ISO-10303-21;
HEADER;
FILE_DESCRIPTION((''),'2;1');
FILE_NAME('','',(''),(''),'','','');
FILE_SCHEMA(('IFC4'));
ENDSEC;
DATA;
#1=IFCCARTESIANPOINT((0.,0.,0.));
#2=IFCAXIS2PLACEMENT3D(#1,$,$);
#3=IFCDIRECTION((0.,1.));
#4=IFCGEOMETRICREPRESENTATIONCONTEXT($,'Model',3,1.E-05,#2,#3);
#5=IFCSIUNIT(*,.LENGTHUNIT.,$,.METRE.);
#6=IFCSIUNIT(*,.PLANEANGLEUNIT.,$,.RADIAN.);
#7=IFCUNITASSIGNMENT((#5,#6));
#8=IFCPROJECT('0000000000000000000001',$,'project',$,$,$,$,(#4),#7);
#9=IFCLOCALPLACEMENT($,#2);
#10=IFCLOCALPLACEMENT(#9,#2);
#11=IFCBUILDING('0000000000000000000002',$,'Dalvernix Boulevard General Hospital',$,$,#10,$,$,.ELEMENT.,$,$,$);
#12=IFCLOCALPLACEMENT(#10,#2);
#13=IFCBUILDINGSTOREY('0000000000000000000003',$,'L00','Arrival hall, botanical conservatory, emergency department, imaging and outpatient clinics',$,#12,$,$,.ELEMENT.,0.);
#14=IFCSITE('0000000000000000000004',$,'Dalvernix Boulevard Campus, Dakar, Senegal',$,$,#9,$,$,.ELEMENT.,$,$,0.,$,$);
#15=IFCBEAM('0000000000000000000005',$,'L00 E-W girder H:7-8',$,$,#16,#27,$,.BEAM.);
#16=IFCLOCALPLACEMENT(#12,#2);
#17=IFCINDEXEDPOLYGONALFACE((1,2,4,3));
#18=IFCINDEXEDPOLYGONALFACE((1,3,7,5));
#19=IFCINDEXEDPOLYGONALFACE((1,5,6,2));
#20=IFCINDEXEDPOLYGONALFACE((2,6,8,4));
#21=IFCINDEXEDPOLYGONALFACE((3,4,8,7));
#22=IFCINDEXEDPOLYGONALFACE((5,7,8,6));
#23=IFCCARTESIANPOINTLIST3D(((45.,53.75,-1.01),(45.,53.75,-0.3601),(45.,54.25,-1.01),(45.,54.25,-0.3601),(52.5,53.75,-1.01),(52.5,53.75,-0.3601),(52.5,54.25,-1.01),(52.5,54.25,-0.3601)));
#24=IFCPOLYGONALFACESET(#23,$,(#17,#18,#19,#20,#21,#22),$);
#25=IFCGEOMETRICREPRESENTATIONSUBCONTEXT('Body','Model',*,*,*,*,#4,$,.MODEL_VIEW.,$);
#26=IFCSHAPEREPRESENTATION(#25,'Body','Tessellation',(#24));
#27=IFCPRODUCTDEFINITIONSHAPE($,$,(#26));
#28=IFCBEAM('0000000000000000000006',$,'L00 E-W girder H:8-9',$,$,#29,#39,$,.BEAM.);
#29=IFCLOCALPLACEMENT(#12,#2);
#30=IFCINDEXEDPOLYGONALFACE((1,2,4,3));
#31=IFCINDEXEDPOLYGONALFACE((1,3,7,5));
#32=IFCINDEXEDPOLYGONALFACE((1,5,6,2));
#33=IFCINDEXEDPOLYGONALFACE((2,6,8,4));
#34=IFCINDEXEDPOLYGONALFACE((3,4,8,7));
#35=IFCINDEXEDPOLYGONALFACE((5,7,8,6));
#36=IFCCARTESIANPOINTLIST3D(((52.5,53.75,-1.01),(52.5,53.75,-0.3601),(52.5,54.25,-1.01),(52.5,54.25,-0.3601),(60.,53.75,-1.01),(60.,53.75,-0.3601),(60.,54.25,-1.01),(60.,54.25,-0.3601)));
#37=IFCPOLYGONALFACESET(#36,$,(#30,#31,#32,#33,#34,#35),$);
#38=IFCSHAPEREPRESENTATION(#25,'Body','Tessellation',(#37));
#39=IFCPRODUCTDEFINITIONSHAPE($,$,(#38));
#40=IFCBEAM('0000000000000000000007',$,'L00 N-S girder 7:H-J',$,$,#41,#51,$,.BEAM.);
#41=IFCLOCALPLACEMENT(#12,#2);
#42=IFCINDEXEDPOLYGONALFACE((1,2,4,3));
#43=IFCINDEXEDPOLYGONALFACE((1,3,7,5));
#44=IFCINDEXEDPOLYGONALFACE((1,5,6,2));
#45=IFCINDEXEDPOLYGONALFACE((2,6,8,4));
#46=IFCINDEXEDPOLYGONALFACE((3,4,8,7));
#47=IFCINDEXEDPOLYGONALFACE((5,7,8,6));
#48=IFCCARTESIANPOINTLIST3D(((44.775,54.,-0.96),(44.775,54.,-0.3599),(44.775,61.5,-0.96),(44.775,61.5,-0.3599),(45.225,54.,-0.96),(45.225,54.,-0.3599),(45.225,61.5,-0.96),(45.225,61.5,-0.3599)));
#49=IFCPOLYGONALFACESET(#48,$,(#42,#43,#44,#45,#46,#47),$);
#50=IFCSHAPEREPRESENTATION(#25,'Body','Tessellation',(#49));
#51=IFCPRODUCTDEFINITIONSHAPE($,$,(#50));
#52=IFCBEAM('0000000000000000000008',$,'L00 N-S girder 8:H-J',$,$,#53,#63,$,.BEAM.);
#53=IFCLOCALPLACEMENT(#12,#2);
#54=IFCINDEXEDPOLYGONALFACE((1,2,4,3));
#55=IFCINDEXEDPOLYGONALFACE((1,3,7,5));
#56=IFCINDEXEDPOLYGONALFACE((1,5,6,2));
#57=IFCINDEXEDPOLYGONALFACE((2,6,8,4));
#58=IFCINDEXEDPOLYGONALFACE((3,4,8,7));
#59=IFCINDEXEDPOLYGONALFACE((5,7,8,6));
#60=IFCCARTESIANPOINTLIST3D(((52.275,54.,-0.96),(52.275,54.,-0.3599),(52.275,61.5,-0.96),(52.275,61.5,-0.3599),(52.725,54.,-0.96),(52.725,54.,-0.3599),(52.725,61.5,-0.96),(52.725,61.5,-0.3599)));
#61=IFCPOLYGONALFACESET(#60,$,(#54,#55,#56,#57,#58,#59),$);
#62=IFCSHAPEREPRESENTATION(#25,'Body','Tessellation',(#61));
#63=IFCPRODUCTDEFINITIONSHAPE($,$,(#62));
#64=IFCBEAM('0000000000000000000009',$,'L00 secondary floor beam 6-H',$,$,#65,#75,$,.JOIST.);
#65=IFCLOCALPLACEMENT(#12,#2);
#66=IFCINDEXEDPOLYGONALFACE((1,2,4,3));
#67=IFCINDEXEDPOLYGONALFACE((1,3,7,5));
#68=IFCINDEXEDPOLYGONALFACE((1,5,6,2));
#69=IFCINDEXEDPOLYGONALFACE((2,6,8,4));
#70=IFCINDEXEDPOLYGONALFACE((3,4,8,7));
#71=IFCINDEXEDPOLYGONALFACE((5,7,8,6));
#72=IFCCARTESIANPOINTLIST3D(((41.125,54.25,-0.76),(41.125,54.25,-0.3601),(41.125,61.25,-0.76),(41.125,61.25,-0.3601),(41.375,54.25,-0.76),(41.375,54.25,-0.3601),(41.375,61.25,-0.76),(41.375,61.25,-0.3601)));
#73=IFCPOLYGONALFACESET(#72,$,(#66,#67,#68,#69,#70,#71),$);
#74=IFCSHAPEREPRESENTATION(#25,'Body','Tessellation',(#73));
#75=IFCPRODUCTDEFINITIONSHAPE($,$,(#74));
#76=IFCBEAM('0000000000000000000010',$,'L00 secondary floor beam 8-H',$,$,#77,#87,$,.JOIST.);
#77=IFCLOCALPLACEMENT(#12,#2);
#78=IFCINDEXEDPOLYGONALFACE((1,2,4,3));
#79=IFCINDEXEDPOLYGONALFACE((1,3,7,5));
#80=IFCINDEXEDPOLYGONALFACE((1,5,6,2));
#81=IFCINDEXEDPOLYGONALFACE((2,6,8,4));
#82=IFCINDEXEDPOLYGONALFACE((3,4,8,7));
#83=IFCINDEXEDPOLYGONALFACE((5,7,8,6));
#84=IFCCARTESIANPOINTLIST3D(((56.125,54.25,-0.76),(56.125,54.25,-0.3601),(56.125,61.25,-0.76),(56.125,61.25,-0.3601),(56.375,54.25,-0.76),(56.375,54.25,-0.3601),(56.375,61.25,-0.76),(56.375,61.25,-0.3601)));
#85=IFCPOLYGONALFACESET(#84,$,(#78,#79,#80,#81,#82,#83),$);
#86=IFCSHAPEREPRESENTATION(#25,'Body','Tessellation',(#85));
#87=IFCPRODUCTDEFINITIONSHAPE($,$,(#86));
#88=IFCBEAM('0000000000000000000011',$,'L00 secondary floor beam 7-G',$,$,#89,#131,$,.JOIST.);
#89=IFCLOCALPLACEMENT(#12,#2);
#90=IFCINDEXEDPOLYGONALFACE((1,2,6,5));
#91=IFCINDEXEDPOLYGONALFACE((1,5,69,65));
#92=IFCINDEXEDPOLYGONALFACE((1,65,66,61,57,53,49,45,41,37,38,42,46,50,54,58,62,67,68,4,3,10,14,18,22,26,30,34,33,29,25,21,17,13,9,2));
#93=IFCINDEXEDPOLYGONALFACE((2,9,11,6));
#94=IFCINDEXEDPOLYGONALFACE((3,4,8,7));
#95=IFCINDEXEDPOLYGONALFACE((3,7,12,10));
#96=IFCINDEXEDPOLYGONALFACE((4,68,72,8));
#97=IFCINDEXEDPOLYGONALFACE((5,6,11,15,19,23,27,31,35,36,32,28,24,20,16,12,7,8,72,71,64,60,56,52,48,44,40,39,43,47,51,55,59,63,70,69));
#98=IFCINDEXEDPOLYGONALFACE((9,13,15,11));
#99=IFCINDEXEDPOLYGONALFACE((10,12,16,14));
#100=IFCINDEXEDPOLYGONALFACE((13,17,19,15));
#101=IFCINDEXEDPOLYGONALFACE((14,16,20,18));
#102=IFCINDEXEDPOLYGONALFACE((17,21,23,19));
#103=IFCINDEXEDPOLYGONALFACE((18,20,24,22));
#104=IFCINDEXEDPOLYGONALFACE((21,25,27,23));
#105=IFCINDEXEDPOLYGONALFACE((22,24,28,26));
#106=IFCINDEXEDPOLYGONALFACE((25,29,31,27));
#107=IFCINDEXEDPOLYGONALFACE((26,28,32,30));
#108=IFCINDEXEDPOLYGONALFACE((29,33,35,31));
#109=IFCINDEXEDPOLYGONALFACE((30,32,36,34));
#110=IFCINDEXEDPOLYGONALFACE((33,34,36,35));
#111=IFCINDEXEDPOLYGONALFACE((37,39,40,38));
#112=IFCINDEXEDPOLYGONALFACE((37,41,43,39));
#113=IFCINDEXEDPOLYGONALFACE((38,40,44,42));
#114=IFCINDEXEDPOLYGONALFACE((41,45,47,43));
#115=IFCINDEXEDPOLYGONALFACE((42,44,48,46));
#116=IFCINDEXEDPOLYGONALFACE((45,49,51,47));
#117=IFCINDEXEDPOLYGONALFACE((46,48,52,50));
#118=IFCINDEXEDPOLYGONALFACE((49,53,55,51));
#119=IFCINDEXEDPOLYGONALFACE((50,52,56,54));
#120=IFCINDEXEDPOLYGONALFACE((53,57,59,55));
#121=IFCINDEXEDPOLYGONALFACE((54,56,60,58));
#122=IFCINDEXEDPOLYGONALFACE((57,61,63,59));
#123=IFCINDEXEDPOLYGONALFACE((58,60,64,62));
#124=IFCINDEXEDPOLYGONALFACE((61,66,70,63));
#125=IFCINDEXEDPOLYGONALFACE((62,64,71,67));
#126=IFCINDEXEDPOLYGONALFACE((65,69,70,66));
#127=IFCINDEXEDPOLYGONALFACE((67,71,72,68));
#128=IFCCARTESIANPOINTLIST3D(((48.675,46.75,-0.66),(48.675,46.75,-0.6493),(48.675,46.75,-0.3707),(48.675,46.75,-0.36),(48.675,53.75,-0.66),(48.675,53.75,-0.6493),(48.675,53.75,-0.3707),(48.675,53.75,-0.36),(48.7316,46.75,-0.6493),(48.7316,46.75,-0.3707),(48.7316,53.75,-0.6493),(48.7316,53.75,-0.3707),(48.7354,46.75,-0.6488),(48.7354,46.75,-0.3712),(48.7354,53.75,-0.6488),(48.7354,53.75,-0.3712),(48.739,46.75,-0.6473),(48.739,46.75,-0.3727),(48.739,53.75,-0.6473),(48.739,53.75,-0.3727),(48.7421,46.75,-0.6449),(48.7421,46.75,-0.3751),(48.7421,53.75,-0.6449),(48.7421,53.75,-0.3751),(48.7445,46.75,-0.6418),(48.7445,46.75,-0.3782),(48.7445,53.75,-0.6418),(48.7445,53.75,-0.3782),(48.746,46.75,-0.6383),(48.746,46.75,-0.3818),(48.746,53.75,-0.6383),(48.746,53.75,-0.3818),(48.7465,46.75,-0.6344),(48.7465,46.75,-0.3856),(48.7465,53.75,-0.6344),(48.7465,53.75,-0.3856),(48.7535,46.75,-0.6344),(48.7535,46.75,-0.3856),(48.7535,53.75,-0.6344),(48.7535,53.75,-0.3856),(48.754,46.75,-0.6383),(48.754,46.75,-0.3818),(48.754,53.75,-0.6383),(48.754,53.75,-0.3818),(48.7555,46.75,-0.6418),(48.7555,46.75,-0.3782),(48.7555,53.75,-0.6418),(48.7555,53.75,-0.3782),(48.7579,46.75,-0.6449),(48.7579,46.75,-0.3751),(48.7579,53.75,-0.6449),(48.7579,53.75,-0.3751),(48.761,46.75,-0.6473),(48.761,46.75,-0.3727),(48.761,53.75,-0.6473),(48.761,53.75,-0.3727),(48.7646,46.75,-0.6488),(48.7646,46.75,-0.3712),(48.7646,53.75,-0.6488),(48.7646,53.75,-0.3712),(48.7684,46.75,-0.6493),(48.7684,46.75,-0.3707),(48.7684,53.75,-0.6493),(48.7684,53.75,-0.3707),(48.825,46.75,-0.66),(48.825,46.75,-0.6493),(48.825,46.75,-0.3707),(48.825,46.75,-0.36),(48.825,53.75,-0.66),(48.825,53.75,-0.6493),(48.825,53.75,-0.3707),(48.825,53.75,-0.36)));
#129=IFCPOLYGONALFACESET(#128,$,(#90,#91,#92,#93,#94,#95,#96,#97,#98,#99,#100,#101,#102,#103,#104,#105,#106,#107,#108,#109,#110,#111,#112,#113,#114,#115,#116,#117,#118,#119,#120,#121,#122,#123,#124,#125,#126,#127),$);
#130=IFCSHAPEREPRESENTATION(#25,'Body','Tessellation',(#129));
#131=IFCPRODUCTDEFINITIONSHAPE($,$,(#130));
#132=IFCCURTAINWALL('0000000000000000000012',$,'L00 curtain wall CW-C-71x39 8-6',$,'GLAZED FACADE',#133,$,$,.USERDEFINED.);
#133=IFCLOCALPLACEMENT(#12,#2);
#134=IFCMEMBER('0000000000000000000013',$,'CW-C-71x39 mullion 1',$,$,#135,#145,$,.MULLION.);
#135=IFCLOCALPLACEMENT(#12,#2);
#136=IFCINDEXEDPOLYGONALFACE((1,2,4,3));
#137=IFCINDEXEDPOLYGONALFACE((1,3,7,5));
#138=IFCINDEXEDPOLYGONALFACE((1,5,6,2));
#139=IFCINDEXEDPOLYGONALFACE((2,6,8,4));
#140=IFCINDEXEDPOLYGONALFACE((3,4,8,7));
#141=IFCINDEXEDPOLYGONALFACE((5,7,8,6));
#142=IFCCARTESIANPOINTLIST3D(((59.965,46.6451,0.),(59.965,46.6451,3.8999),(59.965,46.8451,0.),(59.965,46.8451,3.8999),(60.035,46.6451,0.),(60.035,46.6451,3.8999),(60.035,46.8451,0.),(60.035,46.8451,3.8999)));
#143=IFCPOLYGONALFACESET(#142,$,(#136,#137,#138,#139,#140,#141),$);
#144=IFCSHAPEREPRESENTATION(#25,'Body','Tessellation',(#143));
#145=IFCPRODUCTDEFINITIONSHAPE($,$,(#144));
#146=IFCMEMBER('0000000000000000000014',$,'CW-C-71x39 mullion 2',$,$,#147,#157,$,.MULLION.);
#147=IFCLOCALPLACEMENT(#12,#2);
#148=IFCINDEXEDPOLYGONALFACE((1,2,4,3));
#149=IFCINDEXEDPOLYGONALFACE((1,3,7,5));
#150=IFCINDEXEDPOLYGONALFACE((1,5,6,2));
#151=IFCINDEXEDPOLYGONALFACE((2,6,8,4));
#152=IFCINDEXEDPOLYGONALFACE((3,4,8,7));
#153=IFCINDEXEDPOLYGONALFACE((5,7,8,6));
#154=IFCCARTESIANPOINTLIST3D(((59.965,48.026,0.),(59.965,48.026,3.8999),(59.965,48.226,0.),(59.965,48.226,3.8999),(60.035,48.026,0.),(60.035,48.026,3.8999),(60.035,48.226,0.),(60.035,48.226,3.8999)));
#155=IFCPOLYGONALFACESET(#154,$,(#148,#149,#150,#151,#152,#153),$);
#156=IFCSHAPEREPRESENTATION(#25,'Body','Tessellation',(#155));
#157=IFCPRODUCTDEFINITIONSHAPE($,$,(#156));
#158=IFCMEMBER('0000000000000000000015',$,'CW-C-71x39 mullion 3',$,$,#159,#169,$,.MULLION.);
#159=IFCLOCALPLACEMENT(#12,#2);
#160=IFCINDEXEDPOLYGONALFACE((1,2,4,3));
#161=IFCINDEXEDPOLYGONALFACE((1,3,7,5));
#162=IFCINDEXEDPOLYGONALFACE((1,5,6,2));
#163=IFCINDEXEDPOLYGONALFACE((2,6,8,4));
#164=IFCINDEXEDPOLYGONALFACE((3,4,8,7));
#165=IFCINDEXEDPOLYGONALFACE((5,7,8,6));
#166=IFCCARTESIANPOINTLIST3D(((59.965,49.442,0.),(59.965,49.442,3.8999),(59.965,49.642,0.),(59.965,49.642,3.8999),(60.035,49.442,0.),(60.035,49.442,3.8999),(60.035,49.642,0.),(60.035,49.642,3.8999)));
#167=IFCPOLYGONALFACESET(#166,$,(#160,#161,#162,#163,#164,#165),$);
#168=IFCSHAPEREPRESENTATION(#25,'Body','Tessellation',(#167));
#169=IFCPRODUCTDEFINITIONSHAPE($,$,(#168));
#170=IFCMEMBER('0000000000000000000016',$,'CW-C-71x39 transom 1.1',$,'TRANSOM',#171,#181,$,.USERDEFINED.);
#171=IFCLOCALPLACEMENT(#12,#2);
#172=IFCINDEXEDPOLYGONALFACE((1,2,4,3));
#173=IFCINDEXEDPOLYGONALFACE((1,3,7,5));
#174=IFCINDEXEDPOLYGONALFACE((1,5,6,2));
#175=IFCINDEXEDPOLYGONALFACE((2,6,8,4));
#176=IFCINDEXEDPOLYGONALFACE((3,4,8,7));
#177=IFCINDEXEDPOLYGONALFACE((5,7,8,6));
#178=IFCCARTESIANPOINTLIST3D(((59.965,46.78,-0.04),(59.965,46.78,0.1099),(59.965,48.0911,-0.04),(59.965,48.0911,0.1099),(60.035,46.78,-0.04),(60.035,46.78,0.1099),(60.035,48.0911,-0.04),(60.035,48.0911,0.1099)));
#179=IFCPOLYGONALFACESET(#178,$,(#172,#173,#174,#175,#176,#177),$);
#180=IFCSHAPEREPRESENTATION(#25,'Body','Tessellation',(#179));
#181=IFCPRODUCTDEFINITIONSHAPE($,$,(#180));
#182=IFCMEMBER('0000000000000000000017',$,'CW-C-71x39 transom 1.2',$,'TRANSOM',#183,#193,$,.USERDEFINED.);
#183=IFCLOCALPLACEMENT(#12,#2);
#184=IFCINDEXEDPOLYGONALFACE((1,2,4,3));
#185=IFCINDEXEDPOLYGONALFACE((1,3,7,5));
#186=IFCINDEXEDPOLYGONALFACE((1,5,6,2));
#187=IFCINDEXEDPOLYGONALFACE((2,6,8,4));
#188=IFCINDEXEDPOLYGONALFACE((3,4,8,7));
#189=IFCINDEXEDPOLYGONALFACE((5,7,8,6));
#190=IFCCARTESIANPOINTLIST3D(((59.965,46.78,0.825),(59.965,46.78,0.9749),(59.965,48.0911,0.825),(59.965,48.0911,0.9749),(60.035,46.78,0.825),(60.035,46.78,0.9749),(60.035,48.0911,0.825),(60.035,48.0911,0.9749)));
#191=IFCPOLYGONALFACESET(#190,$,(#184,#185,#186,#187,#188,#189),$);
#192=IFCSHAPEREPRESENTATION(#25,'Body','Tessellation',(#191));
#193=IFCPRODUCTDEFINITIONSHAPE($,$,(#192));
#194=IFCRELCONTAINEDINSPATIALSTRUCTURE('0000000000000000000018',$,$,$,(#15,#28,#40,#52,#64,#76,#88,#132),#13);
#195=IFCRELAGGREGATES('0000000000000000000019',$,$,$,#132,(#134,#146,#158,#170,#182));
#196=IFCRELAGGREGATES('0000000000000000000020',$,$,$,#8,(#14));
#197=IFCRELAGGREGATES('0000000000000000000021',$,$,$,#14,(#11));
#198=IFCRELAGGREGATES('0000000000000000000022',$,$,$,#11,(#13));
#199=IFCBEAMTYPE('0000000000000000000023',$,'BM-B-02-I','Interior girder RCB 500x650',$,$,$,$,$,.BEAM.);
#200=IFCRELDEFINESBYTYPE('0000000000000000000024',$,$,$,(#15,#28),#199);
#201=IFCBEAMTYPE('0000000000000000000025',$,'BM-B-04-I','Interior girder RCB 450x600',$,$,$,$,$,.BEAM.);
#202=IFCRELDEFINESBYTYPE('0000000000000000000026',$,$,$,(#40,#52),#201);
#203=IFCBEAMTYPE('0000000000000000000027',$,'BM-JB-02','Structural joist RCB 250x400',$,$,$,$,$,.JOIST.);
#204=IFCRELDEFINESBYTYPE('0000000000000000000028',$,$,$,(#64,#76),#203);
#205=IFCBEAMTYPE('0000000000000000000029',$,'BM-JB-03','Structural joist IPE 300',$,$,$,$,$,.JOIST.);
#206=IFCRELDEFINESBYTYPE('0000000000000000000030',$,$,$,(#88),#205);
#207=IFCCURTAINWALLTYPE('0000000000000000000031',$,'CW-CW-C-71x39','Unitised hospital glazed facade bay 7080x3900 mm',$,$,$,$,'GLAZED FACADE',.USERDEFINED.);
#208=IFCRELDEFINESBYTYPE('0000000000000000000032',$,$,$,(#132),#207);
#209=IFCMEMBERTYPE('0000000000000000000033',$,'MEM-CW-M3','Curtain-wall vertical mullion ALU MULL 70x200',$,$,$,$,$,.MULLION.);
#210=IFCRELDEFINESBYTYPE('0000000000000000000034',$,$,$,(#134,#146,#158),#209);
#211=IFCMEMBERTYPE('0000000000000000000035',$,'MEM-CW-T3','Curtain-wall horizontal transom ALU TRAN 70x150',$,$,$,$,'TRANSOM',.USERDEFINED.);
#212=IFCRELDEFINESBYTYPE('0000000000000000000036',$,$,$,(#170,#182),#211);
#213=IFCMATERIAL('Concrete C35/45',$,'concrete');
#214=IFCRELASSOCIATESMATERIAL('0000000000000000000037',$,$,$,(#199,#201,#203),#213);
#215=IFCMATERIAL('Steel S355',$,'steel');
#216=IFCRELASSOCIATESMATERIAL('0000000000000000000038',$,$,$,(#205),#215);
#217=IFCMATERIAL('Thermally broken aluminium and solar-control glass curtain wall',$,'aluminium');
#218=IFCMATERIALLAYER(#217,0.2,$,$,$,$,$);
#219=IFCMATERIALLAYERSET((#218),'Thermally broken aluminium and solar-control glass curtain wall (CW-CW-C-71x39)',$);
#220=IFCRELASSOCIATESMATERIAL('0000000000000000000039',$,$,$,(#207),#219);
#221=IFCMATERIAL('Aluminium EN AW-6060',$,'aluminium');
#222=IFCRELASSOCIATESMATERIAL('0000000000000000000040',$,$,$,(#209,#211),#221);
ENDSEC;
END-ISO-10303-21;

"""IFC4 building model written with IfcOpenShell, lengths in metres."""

from ifc_helpers import new_model, si_unit, direction, frame, origin, origin_2d, place, context, subcontext, project, spatial, rectangle, i_section, extrude, material, layer, layer_set, material_profile, profile_set, type_object, element, aggregate, save


model = new_model("IFC4")

# Units and contexts
model_context = context("Model", 3, precision=1e-05, world=origin(), true_north=direction((0.0, 1.0)))
body_context = subcontext(model_context, "Body", "Model", "MODEL_VIEW")
ifc_project = project(units=[si_unit("LENGTHUNIT", "METRE"), si_unit("PLANEANGLEUNIT", "RADIAN")], contexts=[model_context])

# Site, building, storey
site_placement = place(None, origin())
site = spatial("IfcSite", under=ifc_project, at=site_placement, Name="Dalvernix Boulevard Campus, Dakar, Senegal", CompositionType="ELEMENT", RefElevation=0.0)
building_placement = place(site_placement, origin())
building = spatial("IfcBuilding", under=site, at=building_placement, Name="Dalvernix Boulevard General Hospital", CompositionType="ELEMENT")
storey_placement = place(building_placement, origin())
storey = spatial("IfcBuildingStorey", under=building, at=storey_placement, Name="L00", Description="Arrival hall, botanical conservatory, emergency department, imaging and outpatient clinics", CompositionType="ELEMENT", Elevation=0.0)

# Beams
ifc_material_1 = material(Name="Concrete C35/45", Category="concrete")
ifc_material_profile_1 = material_profile(ifc_material_1, rectangle(XDim=0.5, YDim=0.6499, at=origin_2d()), Name="RCB 500x650")
ifc_profile_set_1 = profile_set([ifc_material_profile_1], Name="Concrete C35/45")
beam_type_1 = type_object("IfcBeamType", Name="BM-B-02-I", Description="Interior girder RCB 500x650", PredefinedType="BEAM", material=ifc_profile_set_1)
for number, where, z_axis, x_axis, name in (
    (1, (45.0, 54.0, -0.6851), (1.0, 0.0, 0.0), (0.0, 1.0, 0.0), "L00 E-W girder H:7-8"),
    (2, (52.5, 54.0, -0.6851), (1.0, 0.0, 0.0), (0.0, 1.0, 0.0), "L00 E-W girder H:8-9"),
):
    element("IfcBeam", number, at=place(storey_placement, frame(where, z_axis=z_axis, x_axis=x_axis)), inside=storey, type_object=beam_type_1, Name=name, PredefinedType="BEAM", context=body_context, shape_type="SweptSolid", body=[
        extrude(rectangle(XDim=0.5, YDim=0.6499, at=origin_2d()), origin(), (0.0, 0.0, 1.0), 7.5),
    ])
ifc_material_profile_2 = material_profile(ifc_material_1, rectangle(XDim=0.45, YDim=0.6001, at=origin_2d()), Name="RCB 450x600")
ifc_profile_set_2 = profile_set([ifc_material_profile_2], Name="Concrete C35/45")
beam_type_2 = type_object("IfcBeamType", Name="BM-B-04-I", Description="Interior girder RCB 450x600", PredefinedType="BEAM", material=ifc_profile_set_2)
for number, where, z_axis, x_axis, name in (
    (3, (45.0, 54.0, -0.6599), (0.0, 1.0, 0.0), (-1.0, 0.0, 0.0), "L00 N-S girder 7:H-J"),
    (4, (52.5, 54.0, -0.6599), (0.0, 1.0, 0.0), (-1.0, 0.0, 0.0), "L00 N-S girder 8:H-J"),
):
    element("IfcBeam", number, at=place(storey_placement, frame(where, z_axis=z_axis, x_axis=x_axis)), inside=storey, type_object=beam_type_2, Name=name, PredefinedType="BEAM", context=body_context, shape_type="SweptSolid", body=[
        extrude(rectangle(XDim=0.45, YDim=0.6001, at=origin_2d()), origin(), (0.0, 0.0, 1.0), 7.5),
    ])
ifc_material_profile_3 = material_profile(ifc_material_1, rectangle(XDim=0.25, YDim=0.3999, at=origin_2d()), Name="RCB 250x400")
ifc_profile_set_3 = profile_set([ifc_material_profile_3], Name="Concrete C35/45")
beam_type_3 = type_object("IfcBeamType", Name="BM-JB-02", Description="Structural joist RCB 250x400", PredefinedType="JOIST", material=ifc_profile_set_3)
for number, where, z_axis, x_axis, name in (
    (5, (41.25, 54.25, -0.5601), (0.0, 1.0, 0.0), (-1.0, 0.0, 0.0), "L00 secondary floor beam 6-H"),
    (6, (56.25, 54.25, -0.5601), (0.0, 1.0, 0.0), (-1.0, 0.0, 0.0), "L00 secondary floor beam 8-H"),
):
    element("IfcBeam", number, at=place(storey_placement, frame(where, z_axis=z_axis, x_axis=x_axis)), inside=storey, type_object=beam_type_3, Name=name, PredefinedType="JOIST", context=body_context, shape_type="SweptSolid", body=[
        extrude(rectangle(XDim=0.25, YDim=0.3999, at=origin_2d()), origin(), (0.0, 0.0, 1.0), 7.0),
    ])
ifc_material_2 = material(Name="Steel S355", Category="steel")
ifc_material_profile_4 = material_profile(ifc_material_2, i_section(OverallWidth=0.1499, OverallDepth=0.3, WebThickness=0.0071, FlangeThickness=0.0107, FilletRadius=0.0149, at=origin_2d()), Name="IPE 300")
ifc_profile_set_4 = profile_set([ifc_material_profile_4], Name="Steel S355")
beam_type_4 = type_object("IfcBeamType", Name="BM-JB-03", Description="Structural joist IPE 300", PredefinedType="JOIST", material=ifc_profile_set_4)
beam_placement = place(storey_placement, frame((48.75, 46.75, -0.51), z_axis=(0.0, 1.0, 0.0), x_axis=(-1.0, 0.0, 0.0)))
element("IfcBeam", 7, at=beam_placement, inside=storey, type_object=beam_type_4, Name="L00 secondary floor beam 7-G", PredefinedType="JOIST", context=body_context, shape_type="SweptSolid", body=[
    extrude(i_section(OverallWidth=0.1499, OverallDepth=0.3, WebThickness=0.0071, FlangeThickness=0.0107, FilletRadius=0.0149, at=origin_2d()), origin(), (0.0, 0.0, 1.0), 7.0),
])

# Curtain wall, members
ifc_material_3 = material(Name="Thermally broken aluminium and solar-control glass curtain wall", Category="aluminium")
ifc_layer_1 = layer(ifc_material_3, 0.2)
ifc_layer_set_1 = layer_set([ifc_layer_1], Name="Thermally broken aluminium and solar-control glass curtain wall (CW-CW-C-71x39)")
curtain_wall_type = type_object("IfcCurtainWallType", Name="CW-CW-C-71x39", Description="Unitised hospital glazed facade bay 7080x3900 mm", ElementType="GLAZED FACADE", PredefinedType="USERDEFINED", material=ifc_layer_set_1)
curtain_wall_placement = place(storey_placement, origin())
curtain_wall = element("IfcCurtainWall", 8, at=curtain_wall_placement, inside=storey, type_object=curtain_wall_type, Name="L00 curtain wall CW-C-71x39 8-6", ObjectType="GLAZED FACADE", PredefinedType="USERDEFINED")
ifc_material_4 = material(Name="Aluminium EN AW-6060", Category="aluminium")
ifc_material_profile_5 = material_profile(ifc_material_4, rectangle(XDim=0.0701, YDim=0.2, at=origin_2d()), Name="ALU MULL 70x200")
ifc_profile_set_5 = profile_set([ifc_material_profile_5], Name="Aluminium EN AW-6060")
member_type_1 = type_object("IfcMemberType", Name="MEM-CW-M3", Description="Curtain-wall vertical mullion ALU MULL 70x200", PredefinedType="MULLION", material=ifc_profile_set_5)
member_1_placement = place(storey_placement, frame((60.0, 46.7451, 0.0), z_axis=(0.0, 0.0, 1.0), x_axis=(-1.0, 0.0, 0.0)))
member_1 = element("IfcMember", 9, at=member_1_placement, type_object=member_type_1, Name="CW-C-71x39 mullion 1", PredefinedType="MULLION", context=body_context, shape_type="SweptSolid", body=[
    extrude(rectangle(XDim=0.0701, YDim=0.2, at=origin_2d()), origin(), (0.0, 0.0, 1.0), 3.8999),
])
member_2_placement = place(storey_placement, frame((60.0, 48.126, 0.0), z_axis=(0.0, 0.0, 1.0), x_axis=(-1.0, 0.0, 0.0)))
member_2 = element("IfcMember", 10, at=member_2_placement, type_object=member_type_1, Name="CW-C-71x39 mullion 2", PredefinedType="MULLION", context=body_context, shape_type="SweptSolid", body=[
    extrude(rectangle(XDim=0.0701, YDim=0.2, at=origin_2d()), origin(), (0.0, 0.0, 1.0), 3.8999),
])
member_3_placement = place(storey_placement, frame((60.0, 49.542, 0.0), z_axis=(0.0, 0.0, 1.0), x_axis=(-1.0, 0.0, 0.0)))
member_3 = element("IfcMember", 11, at=member_3_placement, type_object=member_type_1, Name="CW-C-71x39 mullion 3", PredefinedType="MULLION", context=body_context, shape_type="SweptSolid", body=[
    extrude(rectangle(XDim=0.0701, YDim=0.2, at=origin_2d()), origin(), (0.0, 0.0, 1.0), 3.8999),
])
ifc_material_profile_6 = material_profile(ifc_material_4, rectangle(XDim=0.0701, YDim=0.1499, at=origin_2d()), Name="ALU TRAN 70x150")
ifc_profile_set_6 = profile_set([ifc_material_profile_6], Name="Aluminium EN AW-6060")
member_type_2 = type_object("IfcMemberType", Name="MEM-CW-T3", Description="Curtain-wall horizontal transom ALU TRAN 70x150", ElementType="TRANSOM", PredefinedType="USERDEFINED", material=ifc_profile_set_6)
member_4_placement = place(storey_placement, frame((60.0, 46.78, 0.0349), z_axis=(0.0, 1.0, 0.0), x_axis=(-1.0, 0.0, 0.0)))
member_4 = element("IfcMember", 12, at=member_4_placement, type_object=member_type_2, Name="CW-C-71x39 transom 1.1", ObjectType="TRANSOM", PredefinedType="USERDEFINED", context=body_context, shape_type="SweptSolid", body=[
    extrude(rectangle(XDim=0.0701, YDim=0.1499, at=origin_2d()), origin(), (0.0, 0.0, 1.0), 1.311),
])
member_5_placement = place(storey_placement, frame((60.0, 46.78, 0.8999), z_axis=(0.0, 1.0, 0.0), x_axis=(-1.0, 0.0, 0.0)))
member_5 = element("IfcMember", 13, at=member_5_placement, type_object=member_type_2, Name="CW-C-71x39 transom 1.2", ObjectType="TRANSOM", PredefinedType="USERDEFINED", context=body_context, shape_type="SweptSolid", body=[
    extrude(rectangle(XDim=0.0701, YDim=0.1499, at=origin_2d()), origin(), (0.0, 0.0, 1.0), 1.311),
])
aggregate(curtain_wall, [member_1, member_2, member_3, member_4, member_5])

save(model, "model.ifc")
